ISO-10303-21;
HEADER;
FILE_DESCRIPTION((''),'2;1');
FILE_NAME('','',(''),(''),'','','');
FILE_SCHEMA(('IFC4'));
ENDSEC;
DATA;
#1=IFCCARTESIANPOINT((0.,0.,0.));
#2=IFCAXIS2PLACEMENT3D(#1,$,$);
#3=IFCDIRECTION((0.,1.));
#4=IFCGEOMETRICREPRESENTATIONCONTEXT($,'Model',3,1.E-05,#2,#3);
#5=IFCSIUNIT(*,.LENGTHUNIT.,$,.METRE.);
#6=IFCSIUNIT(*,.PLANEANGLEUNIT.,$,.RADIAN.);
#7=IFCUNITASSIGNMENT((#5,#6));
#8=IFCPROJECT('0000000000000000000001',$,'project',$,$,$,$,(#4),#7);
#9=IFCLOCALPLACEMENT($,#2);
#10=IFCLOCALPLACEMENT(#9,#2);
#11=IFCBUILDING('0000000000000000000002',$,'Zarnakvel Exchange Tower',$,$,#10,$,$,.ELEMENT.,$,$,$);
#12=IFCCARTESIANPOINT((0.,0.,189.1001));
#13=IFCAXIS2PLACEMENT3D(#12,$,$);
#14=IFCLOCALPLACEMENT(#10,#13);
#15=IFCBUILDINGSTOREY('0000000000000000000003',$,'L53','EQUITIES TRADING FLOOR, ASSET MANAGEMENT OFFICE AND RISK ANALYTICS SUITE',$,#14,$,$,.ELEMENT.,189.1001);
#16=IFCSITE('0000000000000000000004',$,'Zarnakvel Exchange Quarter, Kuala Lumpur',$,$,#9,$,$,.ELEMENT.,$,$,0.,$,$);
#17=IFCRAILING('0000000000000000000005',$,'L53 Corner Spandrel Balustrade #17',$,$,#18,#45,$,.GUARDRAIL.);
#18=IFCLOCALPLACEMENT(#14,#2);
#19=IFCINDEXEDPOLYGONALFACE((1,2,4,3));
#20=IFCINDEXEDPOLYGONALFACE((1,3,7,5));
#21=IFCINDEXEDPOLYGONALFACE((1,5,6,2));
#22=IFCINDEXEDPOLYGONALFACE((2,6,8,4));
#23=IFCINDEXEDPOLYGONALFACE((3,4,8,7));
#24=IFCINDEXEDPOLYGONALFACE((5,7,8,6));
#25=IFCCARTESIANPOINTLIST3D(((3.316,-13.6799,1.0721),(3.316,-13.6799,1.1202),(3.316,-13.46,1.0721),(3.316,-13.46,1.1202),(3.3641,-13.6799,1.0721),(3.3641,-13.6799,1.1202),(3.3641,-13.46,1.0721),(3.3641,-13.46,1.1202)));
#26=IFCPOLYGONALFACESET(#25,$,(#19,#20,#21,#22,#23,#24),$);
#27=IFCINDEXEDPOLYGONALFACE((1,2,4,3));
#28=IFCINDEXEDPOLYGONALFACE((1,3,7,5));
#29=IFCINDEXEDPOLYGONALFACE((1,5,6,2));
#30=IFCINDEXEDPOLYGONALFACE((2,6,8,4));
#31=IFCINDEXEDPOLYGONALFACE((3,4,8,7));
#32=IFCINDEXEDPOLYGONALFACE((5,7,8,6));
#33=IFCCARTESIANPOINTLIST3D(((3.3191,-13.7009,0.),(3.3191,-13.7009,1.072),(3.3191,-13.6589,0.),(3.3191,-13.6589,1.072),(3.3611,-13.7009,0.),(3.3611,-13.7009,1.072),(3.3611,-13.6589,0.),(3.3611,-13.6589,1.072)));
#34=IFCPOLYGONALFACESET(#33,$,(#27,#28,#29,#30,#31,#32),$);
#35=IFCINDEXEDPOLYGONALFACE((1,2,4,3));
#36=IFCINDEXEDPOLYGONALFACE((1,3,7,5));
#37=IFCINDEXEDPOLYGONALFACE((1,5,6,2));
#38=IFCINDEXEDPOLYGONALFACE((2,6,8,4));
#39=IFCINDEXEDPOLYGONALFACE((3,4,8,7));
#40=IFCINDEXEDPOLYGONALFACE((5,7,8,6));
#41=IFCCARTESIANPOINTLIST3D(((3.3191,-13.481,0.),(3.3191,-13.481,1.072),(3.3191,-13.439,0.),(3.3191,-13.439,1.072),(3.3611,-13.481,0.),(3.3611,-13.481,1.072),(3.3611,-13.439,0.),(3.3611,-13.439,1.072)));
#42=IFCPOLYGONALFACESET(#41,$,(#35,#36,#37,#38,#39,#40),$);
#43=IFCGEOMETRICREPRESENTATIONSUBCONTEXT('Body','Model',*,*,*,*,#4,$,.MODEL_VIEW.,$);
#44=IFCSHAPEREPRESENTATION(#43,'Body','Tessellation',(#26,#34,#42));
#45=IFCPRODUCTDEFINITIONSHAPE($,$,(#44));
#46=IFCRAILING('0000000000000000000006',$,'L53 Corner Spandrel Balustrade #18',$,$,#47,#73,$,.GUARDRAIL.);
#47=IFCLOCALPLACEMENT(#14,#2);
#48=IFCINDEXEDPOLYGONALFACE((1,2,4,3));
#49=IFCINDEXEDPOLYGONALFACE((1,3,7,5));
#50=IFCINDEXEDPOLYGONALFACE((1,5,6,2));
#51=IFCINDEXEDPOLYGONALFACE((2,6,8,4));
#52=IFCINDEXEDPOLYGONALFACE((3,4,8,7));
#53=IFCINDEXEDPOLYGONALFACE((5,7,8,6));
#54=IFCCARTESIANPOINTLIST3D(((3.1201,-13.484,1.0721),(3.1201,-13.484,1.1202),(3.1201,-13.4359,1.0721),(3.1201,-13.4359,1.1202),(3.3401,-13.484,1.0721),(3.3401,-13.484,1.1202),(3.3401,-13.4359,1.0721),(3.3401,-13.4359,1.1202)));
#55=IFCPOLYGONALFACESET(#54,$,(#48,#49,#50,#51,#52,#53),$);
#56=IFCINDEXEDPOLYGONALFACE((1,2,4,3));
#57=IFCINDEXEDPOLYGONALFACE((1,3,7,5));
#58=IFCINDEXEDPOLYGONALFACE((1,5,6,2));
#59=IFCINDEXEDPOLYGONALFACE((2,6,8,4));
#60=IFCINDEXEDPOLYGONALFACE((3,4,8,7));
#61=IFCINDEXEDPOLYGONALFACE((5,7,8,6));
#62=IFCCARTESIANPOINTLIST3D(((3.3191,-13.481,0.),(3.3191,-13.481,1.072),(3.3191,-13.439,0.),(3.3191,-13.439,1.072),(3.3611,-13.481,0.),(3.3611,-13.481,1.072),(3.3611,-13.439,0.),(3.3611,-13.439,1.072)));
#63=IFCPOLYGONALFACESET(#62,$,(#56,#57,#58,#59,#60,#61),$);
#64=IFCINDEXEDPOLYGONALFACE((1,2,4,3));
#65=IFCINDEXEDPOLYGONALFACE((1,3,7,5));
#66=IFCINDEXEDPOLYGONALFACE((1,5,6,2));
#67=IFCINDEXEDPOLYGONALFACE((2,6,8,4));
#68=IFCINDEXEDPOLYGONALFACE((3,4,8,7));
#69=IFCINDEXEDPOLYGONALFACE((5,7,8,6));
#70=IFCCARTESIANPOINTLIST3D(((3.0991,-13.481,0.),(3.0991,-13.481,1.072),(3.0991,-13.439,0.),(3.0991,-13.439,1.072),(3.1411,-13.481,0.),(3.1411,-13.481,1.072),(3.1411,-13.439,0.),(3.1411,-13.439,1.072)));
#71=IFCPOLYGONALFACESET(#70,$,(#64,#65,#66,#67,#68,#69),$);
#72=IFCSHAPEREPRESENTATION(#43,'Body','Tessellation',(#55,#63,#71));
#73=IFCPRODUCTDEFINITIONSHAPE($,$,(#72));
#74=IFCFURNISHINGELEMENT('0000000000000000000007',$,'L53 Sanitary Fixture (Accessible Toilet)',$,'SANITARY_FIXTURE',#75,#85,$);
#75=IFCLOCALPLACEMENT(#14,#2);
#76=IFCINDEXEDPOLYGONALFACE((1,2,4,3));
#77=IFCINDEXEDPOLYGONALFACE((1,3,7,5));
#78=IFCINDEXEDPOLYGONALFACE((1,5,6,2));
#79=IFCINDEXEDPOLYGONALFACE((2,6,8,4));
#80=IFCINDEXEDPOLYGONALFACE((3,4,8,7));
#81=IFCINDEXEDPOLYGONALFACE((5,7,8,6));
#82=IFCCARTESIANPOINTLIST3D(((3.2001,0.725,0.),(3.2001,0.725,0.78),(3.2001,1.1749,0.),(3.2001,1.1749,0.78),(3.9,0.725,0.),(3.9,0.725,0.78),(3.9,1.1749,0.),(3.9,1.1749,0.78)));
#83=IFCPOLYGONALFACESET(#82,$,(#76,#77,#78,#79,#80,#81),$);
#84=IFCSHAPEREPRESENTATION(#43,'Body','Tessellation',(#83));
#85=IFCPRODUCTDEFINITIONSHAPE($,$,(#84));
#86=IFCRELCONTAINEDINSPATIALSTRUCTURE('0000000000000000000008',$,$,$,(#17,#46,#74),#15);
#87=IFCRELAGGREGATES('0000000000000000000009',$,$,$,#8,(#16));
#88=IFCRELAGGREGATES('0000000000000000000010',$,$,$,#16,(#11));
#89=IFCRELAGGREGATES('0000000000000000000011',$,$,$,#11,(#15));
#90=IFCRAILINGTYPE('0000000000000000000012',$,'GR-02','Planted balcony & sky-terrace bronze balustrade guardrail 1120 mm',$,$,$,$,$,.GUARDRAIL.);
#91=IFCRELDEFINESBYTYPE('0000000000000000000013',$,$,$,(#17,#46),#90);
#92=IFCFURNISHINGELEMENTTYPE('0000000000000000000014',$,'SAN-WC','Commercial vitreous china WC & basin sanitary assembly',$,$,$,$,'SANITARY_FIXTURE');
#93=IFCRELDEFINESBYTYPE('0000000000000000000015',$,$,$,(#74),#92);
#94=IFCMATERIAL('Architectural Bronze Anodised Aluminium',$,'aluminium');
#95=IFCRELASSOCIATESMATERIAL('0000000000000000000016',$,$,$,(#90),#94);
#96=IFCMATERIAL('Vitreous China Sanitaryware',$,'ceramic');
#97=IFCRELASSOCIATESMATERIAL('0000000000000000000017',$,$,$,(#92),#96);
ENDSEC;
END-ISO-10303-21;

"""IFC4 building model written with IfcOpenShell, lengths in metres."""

from ifc_helpers import new_model, si_unit, direction, frame, origin, origin_2d, place, context, subcontext, project, spatial, rectangle, extrude, source, transform, mapped, material, type_object, element, save


model = new_model("IFC4")

# Units and contexts
model_context = context("Model", 3, precision=1e-05, world=origin(), true_north=direction((0.0, 1.0)))
body_context = subcontext(model_context, "Body", "Model", "MODEL_VIEW")
ifc_project = project(units=[si_unit("LENGTHUNIT", "METRE"), si_unit("PLANEANGLEUNIT", "RADIAN")], contexts=[model_context])

# Site, building, storey
site_placement = place(None, origin())
site = spatial("IfcSite", under=ifc_project, at=site_placement, Name="Zarnakvel Exchange Quarter, Kuala Lumpur", CompositionType="ELEMENT", RefElevation=0.0)
building_placement = place(site_placement, origin())
building = spatial("IfcBuilding", under=site, at=building_placement, Name="Zarnakvel Exchange Tower", CompositionType="ELEMENT")
storey_placement = place(building_placement, frame((0.0, 0.0, 189.1001)))
storey = spatial("IfcBuildingStorey", under=building, at=storey_placement, Name="L53", Description="EQUITIES TRADING FLOOR, ASSET MANAGEMENT OFFICE AND RISK ANALYTICS SUITE", CompositionType="ELEMENT", Elevation=189.1001)

# Railings
ifc_material_1 = material(Name="Architectural Bronze Anodised Aluminium", Category="aluminium")
railing_type = type_object("IfcRailingType", Name="GR-02", Description="Planted balcony & sky-terrace bronze balustrade guardrail 1120 mm", PredefinedType="GUARDRAIL", material=ifc_material_1)
railing_1_placement = place(storey_placement, frame((3.3401, -13.6799, 0.0)))
element("IfcRailing", 1, at=railing_1_placement, inside=storey, type_object=railing_type, Name="L53 Corner Spandrel Balustrade #17", PredefinedType="GUARDRAIL", context=body_context, shape_type="SweptSolid", body=[
    extrude(rectangle(XDim=0.0481, YDim=0.0481, at=origin_2d()), frame((0.0, 0.0, 1.0962), z_axis=(0.0, 1.0, 0.0), x_axis=(-1.0, 0.0, 0.0)), (0.0, 0.0, 1.0), 0.22),
    extrude(rectangle(XDim=0.042, YDim=0.042, at=origin_2d()), origin(), (0.0, 0.0, 1.0), 1.072),
    extrude(rectangle(XDim=0.042, YDim=0.042, at=origin_2d()), frame((0.0, 0.22, 0.0)), (0.0, 0.0, 1.0), 1.072),
])
railing_2_placement = place(storey_placement, frame((3.3401, -13.46, 0.0)))
element("IfcRailing", 2, at=railing_2_placement, inside=storey, type_object=railing_type, Name="L53 Corner Spandrel Balustrade #18", PredefinedType="GUARDRAIL", context=body_context, shape_type="SweptSolid", body=[
    extrude(rectangle(XDim=0.0481, YDim=0.0481, at=origin_2d()), frame((0.0, 0.0, 1.0962), z_axis=(-1.0, 0.0, 0.0), x_axis=(0.0, -1.0, 0.0)), (0.0, 0.0, 1.0), 0.22),
    extrude(rectangle(XDim=0.042, YDim=0.042, at=origin_2d()), origin(), (0.0, 0.0, 1.0), 1.072),
    extrude(rectangle(XDim=0.042, YDim=0.042, at=origin_2d()), frame((-0.22, 0.0, 0.0)), (0.0, 0.0, 1.0), 1.072),
])

# Furnishing element
ifc_material_2 = material(Name="Vitreous China Sanitaryware", Category="ceramic")
furnishing_element_type = type_object("IfcFurnishingElementType", Name="SAN-WC", Description="Commercial vitreous china WC & basin sanitary assembly", ElementType="SANITARY_FIXTURE", material=ifc_material_2)
shared_shape_1 = source(origin(), body_context, "Body", "SweptSolid", [
    extrude(rectangle(XDim=0.7, YDim=0.45, at=origin_2d()), origin(), (0.0, 0.0, 1.0), 0.78),
])
furnishing_placement = place(storey_placement, frame((3.55, 0.95, 0.0), z_axis=(0.0, 0.0, 1.0), x_axis=(1.0, 0.0, 0.0)))
element("IfcFurnishingElement", 3, at=furnishing_placement, inside=storey, type_object=furnishing_element_type, Name="L53 Sanitary Fixture (Accessible Toilet)", ObjectType="SANITARY_FIXTURE", context=body_context, shape_type="MappedRepresentation", body=[
    mapped(shared_shape_1, transform((0.0, 0.0, 0.0), x_axis=(1.0, 0.0, 0.0), y_axis=(0.0, 1.0, 0.0), z_axis=(0.0, 0.0, 1.0), scale=1.0)),
])

save(model, "model.ifc")
